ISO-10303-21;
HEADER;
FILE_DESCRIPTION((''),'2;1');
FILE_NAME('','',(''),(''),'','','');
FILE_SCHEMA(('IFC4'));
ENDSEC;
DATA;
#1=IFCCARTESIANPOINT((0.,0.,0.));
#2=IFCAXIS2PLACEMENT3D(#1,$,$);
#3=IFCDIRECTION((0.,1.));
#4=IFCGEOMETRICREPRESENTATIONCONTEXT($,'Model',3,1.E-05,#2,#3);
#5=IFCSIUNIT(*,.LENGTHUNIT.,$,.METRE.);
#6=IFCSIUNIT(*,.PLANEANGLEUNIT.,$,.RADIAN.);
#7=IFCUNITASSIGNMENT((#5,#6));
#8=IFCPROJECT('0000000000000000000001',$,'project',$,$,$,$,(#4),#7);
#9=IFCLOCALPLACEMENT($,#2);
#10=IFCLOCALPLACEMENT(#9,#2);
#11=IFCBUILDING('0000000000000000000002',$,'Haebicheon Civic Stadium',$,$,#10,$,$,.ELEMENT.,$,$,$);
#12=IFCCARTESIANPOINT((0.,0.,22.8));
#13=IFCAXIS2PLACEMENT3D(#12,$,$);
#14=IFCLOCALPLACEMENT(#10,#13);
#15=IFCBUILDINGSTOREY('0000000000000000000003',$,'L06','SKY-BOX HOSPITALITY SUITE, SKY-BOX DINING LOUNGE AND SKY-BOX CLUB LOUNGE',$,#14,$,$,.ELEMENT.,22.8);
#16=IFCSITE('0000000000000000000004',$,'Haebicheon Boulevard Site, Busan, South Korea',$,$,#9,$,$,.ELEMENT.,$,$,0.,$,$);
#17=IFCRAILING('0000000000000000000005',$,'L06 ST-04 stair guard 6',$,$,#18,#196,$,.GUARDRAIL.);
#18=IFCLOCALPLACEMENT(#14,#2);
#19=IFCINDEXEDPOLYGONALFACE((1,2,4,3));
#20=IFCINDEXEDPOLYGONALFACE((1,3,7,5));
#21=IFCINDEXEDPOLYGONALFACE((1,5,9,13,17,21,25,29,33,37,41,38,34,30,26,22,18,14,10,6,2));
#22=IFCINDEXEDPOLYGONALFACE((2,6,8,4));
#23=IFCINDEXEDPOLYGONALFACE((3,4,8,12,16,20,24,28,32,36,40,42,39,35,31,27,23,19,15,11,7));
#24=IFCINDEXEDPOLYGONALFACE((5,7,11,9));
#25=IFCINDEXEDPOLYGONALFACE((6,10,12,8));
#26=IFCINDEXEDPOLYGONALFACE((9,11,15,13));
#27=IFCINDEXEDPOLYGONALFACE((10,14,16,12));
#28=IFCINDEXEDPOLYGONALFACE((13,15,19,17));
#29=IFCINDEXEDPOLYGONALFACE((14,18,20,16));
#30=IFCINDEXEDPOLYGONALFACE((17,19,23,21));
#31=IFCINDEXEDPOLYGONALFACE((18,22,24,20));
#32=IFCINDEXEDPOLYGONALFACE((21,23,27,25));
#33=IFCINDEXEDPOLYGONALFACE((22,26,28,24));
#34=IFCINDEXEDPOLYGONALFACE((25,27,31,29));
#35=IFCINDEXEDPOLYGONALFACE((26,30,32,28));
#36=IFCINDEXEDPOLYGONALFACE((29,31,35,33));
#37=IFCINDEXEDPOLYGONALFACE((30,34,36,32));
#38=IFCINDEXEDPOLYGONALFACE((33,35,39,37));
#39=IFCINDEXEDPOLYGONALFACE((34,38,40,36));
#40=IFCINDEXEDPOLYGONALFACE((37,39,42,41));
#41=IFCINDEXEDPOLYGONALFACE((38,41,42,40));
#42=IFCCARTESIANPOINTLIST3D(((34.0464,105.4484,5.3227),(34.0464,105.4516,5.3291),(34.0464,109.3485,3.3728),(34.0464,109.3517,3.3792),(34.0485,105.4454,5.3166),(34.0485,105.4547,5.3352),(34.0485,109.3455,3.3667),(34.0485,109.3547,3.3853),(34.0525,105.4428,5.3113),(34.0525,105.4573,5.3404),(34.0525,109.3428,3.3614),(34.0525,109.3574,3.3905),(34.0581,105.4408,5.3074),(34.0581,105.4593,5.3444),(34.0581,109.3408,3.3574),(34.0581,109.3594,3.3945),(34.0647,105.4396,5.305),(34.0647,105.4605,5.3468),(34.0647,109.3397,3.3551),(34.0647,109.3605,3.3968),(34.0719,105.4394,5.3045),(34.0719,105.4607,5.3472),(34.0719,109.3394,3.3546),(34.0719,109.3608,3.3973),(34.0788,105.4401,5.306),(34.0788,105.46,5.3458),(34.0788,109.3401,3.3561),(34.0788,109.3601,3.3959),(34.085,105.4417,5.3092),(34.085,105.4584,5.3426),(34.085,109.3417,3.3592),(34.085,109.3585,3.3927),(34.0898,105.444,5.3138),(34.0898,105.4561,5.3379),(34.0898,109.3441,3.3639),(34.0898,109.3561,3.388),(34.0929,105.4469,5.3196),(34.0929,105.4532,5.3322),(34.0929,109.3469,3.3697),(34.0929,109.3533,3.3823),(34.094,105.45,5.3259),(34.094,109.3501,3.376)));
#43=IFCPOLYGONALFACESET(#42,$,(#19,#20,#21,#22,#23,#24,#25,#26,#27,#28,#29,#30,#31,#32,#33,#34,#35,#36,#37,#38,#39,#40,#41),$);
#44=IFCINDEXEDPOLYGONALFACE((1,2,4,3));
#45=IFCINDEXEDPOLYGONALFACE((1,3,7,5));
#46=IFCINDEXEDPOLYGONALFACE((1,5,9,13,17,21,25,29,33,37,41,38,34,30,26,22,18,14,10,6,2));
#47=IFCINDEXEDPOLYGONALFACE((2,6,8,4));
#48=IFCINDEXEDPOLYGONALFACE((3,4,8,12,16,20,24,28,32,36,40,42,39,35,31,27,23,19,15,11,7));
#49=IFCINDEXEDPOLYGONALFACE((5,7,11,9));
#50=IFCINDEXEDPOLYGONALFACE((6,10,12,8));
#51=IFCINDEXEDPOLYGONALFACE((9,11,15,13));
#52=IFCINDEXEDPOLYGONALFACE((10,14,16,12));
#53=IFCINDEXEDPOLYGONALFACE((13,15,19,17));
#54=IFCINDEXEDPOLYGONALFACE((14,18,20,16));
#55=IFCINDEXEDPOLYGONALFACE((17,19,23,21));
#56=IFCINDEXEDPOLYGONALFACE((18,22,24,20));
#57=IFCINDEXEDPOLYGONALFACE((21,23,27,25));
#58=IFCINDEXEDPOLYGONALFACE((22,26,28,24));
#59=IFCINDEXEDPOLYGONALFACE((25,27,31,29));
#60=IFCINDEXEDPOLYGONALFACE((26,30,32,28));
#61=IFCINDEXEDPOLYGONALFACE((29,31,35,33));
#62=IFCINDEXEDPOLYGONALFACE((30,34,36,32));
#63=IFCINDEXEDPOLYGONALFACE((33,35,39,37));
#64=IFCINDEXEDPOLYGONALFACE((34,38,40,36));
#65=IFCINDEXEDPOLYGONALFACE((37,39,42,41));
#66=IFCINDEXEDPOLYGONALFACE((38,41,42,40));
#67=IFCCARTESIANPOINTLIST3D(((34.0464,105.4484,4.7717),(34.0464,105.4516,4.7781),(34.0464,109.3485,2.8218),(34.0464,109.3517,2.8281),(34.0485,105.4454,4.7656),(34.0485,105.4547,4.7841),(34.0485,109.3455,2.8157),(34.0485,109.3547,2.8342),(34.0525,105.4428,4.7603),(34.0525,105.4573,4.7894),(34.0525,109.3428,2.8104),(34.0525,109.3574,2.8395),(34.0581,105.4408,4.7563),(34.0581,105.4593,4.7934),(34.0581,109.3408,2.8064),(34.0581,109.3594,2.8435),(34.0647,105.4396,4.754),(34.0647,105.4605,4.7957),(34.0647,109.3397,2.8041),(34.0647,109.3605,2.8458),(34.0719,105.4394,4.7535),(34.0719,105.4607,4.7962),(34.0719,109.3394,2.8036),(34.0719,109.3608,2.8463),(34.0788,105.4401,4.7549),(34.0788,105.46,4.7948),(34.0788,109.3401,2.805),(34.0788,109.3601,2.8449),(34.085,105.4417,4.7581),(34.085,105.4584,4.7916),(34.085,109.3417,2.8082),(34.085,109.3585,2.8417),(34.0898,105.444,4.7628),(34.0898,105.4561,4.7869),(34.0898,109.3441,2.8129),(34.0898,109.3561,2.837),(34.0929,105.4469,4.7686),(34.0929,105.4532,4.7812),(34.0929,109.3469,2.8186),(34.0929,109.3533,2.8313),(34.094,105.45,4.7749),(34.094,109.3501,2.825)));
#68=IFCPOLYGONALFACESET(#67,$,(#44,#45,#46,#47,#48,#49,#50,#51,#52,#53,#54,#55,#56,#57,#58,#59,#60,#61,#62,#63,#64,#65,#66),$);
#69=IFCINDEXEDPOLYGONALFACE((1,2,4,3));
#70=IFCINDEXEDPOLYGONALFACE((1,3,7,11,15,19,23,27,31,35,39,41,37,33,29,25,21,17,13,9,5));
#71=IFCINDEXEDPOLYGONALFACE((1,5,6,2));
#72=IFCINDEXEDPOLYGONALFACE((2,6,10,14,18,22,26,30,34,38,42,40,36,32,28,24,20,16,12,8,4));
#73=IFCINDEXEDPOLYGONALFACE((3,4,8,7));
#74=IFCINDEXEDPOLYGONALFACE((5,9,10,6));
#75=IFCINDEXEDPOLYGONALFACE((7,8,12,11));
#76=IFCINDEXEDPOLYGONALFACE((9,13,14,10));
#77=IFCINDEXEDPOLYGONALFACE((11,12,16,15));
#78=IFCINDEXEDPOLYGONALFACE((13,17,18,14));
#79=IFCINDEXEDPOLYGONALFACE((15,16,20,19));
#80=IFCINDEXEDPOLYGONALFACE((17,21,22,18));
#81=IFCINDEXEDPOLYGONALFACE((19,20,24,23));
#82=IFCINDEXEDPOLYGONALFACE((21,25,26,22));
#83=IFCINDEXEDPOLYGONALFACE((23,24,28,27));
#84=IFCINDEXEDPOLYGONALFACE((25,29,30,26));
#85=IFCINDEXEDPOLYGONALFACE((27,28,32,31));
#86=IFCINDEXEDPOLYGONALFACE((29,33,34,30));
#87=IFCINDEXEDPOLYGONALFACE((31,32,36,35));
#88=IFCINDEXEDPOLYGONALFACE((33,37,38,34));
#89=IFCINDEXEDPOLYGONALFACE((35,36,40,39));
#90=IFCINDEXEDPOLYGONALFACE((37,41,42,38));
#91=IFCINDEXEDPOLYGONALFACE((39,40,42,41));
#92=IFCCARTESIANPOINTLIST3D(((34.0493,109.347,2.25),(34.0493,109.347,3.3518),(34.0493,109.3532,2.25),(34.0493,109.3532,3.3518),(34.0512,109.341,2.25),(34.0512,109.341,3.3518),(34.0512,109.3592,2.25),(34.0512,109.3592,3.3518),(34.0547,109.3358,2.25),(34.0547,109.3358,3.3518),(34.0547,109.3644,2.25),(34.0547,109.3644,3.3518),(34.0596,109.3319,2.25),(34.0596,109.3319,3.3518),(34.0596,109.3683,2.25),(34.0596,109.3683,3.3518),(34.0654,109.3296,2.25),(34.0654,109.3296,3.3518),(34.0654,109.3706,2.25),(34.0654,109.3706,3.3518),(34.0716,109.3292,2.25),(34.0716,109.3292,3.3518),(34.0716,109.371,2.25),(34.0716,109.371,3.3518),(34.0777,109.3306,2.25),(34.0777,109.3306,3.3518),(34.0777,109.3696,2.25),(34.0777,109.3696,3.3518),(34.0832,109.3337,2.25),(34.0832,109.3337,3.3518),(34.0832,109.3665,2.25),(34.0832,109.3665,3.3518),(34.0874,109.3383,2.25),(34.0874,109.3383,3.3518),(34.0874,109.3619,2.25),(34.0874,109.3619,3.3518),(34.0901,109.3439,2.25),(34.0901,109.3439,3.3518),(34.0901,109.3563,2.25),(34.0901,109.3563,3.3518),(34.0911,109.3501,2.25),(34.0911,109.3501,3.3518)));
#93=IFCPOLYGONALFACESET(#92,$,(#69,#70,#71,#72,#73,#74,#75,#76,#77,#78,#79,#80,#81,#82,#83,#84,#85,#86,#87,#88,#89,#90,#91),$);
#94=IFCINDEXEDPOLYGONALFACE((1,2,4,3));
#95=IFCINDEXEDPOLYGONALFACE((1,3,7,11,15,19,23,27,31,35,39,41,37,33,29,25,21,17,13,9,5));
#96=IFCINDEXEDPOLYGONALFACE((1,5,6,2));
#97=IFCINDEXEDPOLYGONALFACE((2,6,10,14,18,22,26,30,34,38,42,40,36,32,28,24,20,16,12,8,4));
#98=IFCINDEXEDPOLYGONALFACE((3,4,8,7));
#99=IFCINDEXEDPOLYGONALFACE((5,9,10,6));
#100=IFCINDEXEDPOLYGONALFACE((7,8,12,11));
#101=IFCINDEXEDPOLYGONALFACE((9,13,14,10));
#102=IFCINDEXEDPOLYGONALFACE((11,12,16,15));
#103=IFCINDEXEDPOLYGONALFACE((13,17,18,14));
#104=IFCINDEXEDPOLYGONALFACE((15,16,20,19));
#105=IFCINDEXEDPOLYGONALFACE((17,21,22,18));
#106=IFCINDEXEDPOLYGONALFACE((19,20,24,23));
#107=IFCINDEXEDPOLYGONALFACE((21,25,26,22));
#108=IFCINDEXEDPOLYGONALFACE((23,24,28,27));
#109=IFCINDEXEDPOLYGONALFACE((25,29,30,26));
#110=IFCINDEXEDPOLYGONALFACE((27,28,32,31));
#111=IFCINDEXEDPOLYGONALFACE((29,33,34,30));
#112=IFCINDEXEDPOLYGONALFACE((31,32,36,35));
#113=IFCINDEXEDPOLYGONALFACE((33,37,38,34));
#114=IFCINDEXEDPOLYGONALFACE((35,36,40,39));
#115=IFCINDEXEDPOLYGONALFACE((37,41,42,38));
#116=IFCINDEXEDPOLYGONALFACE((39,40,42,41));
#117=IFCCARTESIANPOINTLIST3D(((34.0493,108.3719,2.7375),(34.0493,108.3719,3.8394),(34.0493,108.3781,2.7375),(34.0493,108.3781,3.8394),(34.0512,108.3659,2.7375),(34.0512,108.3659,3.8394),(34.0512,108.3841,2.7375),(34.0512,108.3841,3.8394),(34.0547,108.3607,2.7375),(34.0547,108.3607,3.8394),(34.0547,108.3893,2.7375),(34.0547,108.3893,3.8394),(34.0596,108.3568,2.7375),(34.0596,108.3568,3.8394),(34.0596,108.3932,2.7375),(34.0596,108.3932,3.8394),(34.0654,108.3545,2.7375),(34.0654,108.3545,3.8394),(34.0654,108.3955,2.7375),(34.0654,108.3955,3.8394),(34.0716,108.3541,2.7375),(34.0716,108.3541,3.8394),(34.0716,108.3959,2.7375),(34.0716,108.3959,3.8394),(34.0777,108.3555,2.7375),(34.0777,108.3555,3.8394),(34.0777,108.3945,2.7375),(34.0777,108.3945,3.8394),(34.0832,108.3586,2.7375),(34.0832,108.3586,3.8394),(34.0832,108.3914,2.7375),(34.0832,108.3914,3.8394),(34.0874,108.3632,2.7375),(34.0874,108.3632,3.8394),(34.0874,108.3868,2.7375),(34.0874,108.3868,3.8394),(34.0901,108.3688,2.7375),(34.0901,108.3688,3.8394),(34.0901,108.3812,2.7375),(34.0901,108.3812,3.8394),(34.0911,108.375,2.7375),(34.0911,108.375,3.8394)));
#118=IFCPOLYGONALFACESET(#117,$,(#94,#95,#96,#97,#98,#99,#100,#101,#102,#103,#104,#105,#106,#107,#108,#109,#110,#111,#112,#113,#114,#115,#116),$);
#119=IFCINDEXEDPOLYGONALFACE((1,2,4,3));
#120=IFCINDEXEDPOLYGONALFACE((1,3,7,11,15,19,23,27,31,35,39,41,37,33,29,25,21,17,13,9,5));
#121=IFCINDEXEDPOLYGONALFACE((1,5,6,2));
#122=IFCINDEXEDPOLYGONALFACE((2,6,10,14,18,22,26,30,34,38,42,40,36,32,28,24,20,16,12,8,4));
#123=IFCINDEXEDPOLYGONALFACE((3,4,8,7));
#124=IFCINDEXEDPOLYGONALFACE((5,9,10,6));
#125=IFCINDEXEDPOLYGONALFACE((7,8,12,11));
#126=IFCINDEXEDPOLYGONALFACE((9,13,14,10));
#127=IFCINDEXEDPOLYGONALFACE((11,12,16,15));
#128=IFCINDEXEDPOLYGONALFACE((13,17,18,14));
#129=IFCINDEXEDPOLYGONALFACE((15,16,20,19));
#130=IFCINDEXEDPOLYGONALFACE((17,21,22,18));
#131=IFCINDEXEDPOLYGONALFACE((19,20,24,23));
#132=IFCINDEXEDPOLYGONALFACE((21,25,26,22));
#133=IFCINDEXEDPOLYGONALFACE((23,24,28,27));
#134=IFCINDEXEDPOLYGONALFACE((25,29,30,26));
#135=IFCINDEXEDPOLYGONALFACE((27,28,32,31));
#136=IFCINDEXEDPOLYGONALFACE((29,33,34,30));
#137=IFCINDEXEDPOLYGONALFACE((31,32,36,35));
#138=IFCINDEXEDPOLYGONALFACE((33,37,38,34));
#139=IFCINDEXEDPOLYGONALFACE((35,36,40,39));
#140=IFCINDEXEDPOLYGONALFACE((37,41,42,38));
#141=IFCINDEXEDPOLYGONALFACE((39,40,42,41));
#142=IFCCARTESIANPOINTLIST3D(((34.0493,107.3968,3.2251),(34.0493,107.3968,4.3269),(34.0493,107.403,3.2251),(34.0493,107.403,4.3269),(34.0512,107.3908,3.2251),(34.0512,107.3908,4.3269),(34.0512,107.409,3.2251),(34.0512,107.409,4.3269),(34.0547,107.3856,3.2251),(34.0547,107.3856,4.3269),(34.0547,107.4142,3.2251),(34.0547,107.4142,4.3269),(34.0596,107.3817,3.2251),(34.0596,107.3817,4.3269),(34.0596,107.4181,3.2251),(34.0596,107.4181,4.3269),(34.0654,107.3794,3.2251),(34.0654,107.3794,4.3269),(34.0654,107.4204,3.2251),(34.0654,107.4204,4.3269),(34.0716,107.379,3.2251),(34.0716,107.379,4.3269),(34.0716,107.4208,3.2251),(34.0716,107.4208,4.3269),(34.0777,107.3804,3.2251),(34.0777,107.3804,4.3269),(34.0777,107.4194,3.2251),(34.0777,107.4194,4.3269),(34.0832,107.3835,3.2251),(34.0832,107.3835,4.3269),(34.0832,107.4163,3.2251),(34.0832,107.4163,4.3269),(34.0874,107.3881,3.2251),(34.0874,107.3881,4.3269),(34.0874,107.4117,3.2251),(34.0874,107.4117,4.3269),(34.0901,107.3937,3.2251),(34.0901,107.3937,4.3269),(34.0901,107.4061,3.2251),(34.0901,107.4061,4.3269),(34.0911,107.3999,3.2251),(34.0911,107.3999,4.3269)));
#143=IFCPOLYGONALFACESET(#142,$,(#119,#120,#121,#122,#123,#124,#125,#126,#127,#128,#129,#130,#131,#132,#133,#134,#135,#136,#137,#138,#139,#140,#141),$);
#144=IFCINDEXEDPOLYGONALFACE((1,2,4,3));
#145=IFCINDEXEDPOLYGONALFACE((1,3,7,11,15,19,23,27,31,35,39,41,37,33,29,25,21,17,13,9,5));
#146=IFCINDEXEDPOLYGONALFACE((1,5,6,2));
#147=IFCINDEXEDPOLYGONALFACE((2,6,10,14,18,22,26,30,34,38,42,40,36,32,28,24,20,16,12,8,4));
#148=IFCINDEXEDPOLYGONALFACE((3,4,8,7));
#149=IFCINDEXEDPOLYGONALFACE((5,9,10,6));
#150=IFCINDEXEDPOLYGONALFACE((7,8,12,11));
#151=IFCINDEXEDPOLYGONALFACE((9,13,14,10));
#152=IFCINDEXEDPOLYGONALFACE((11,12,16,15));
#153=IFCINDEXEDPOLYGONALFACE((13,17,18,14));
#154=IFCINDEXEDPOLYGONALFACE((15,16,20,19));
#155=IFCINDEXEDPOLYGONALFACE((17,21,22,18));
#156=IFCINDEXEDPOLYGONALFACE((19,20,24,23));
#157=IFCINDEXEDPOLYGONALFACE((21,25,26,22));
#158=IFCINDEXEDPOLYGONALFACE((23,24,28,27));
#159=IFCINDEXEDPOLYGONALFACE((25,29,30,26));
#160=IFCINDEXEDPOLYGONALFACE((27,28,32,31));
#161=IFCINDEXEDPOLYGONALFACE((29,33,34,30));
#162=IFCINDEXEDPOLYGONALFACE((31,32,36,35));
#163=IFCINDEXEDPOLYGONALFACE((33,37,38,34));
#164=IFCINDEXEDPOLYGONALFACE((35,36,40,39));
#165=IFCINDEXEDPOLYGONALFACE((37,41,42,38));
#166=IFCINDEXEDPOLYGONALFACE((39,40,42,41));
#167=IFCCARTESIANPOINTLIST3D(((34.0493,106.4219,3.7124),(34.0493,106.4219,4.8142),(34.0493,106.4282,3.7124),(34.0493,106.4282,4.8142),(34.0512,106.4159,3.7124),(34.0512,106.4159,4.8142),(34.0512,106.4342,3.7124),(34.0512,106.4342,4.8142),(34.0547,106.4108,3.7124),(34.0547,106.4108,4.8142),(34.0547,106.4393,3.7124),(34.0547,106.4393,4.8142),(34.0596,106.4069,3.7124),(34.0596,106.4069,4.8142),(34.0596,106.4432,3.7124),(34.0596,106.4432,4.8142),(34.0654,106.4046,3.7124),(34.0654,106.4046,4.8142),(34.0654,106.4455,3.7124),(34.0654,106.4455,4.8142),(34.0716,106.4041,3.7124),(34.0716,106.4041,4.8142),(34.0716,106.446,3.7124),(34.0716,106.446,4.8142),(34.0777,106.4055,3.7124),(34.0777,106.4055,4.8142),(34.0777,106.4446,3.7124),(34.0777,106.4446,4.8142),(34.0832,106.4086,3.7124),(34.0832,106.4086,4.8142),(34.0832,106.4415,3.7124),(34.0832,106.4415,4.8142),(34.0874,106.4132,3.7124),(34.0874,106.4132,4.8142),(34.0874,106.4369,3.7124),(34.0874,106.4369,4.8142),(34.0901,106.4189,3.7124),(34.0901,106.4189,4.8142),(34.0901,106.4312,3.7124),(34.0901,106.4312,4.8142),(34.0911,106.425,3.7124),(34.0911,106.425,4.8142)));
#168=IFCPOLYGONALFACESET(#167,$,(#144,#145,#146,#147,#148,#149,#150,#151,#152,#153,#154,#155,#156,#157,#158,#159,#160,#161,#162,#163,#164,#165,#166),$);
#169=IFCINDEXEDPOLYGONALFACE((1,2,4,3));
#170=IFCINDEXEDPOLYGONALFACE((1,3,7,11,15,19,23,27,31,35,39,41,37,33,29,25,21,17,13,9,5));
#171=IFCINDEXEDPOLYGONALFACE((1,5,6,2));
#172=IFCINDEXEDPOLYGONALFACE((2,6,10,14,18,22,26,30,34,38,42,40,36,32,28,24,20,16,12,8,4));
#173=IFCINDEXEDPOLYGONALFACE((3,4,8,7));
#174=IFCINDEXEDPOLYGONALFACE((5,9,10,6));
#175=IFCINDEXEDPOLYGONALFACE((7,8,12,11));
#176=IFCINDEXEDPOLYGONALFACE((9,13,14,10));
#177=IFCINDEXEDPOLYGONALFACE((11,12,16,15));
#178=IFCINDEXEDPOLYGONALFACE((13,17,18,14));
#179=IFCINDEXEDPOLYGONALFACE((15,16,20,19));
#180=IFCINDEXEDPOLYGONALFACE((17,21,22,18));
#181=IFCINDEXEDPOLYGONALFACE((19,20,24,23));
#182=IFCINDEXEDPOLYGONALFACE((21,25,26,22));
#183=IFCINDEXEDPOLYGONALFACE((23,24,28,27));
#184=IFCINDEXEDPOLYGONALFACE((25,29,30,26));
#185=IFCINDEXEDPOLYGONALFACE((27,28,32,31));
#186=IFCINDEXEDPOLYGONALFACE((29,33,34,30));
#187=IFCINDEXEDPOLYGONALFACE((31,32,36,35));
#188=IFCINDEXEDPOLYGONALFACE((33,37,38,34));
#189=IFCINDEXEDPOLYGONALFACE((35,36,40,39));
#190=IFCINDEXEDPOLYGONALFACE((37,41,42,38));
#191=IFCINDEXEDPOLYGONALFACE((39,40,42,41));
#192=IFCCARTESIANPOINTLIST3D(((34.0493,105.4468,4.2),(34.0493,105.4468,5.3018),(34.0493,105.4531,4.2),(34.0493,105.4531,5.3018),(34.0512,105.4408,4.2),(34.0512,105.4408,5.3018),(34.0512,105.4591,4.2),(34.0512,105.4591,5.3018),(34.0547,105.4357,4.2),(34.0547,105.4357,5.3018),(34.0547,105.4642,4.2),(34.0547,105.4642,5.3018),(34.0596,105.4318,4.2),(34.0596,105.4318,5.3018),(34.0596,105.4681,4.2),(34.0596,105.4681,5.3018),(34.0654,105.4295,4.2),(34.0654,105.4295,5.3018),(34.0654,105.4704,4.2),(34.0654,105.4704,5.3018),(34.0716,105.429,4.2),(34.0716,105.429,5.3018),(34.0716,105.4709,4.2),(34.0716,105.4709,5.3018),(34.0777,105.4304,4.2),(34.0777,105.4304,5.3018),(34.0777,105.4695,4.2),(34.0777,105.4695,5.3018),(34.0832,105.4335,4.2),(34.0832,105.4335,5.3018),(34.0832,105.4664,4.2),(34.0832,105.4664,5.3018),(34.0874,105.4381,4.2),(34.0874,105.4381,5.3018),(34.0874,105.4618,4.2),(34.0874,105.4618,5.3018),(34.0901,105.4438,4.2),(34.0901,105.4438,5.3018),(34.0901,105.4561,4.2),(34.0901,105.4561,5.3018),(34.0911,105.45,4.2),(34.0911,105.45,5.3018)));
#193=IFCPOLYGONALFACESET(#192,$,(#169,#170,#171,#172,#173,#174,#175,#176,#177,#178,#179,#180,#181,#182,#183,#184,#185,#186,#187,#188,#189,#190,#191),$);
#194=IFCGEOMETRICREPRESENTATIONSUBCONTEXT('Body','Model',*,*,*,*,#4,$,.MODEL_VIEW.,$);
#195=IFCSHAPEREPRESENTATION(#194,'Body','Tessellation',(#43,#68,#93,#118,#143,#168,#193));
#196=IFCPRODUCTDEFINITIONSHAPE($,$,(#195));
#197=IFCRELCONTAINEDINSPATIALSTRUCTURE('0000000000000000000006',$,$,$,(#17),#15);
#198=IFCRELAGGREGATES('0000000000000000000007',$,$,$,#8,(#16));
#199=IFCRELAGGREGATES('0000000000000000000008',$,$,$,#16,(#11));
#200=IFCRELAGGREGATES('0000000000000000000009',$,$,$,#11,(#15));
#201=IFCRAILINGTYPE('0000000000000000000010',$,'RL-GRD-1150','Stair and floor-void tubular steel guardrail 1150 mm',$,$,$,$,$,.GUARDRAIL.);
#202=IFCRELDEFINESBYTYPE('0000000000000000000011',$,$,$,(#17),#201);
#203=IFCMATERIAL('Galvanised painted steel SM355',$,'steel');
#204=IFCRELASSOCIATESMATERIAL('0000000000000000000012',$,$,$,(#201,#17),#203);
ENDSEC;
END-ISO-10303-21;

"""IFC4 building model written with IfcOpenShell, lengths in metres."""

from ifc_helpers import new_model, si_unit, direction, frame, origin, origin_2d, place, context, subcontext, project, spatial, circle, extrude, material, type_object, element, save


model = new_model("IFC4")

# Units and contexts
model_context = context("Model", 3, precision=1e-05, world=origin(), true_north=direction((0.0, 1.0)))
body_context = subcontext(model_context, "Body", "Model", "MODEL_VIEW")
ifc_project = project(units=[si_unit("LENGTHUNIT", "METRE"), si_unit("PLANEANGLEUNIT", "RADIAN")], contexts=[model_context])

# Site, building, storey
site_placement = place(None, origin())
site = spatial("IfcSite", under=ifc_project, at=site_placement, Name="Haebicheon Boulevard Site, Busan, South Korea", CompositionType="ELEMENT", RefElevation=0.0)
building_placement = place(site_placement, origin())
building = spatial("IfcBuilding", under=site, at=building_placement, Name="Haebicheon Civic Stadium", CompositionType="ELEMENT")
storey_placement = place(building_placement, frame((0.0, 0.0, 22.8)))
storey = spatial("IfcBuildingStorey", under=building, at=storey_placement, Name="L06", Description="SKY-BOX HOSPITALITY SUITE, SKY-BOX DINING LOUNGE AND SKY-BOX CLUB LOUNGE", CompositionType="ELEMENT", Elevation=22.8)

# Railing
ifc_material_1 = material(Name="Galvanised painted steel SM355", Category="steel")
railing_type_1 = type_object("IfcRailingType", Name="RL-GRD-1150", Description="Stair and floor-void tubular steel guardrail 1150 mm", PredefinedType="GUARDRAIL", material=ifc_material_1)
railing_1_placement = place(storey_placement, frame((34.0701, 109.3501, 2.25)))
element("IfcRailing", 1, at=railing_1_placement, inside=storey, type_object=railing_type_1, material=ifc_material_1, Name="L06 ST-04 stair guard 6", PredefinedType="GUARDRAIL", context=body_context, shape_type="SweptSolid", body=[
    extrude(circle(Radius=0.0239, at=origin_2d()), frame((0.0, 0.0, 1.126), z_axis=(0.0, -0.894438, 0.447191), x_axis=(1.0, 0.0, 0.0)), (0.0, 0.0, 1.0), 4.3604),
    extrude(circle(Radius=0.0239, at=origin_2d()), frame((0.0, 0.0, 0.575), z_axis=(0.0, -0.894438, 0.447191), x_axis=(1.0, 0.0, 0.0)), (0.0, 0.0, 1.0), 4.3604),
    extrude(circle(Radius=0.021, at=origin_2d()), origin(), (0.0, 0.0, 1.0), 1.1018),
    extrude(circle(Radius=0.021, at=origin_2d()), frame((0.0, -0.9751, 0.4875)), (0.0, 0.0, 1.0), 1.1018),
    extrude(circle(Radius=0.021, at=origin_2d()), frame((0.0, -1.9502, 0.9751)), (0.0, 0.0, 1.0), 1.1018),
    extrude(circle(Radius=0.021, at=origin_2d()), frame((0.0, -2.925, 1.4624)), (0.0, 0.0, 1.0), 1.1018),
    extrude(circle(Radius=0.021, at=origin_2d()), frame((0.0, -3.9001, 1.95)), (0.0, 0.0, 1.0), 1.1018),
])

save(model, "model.ifc")
